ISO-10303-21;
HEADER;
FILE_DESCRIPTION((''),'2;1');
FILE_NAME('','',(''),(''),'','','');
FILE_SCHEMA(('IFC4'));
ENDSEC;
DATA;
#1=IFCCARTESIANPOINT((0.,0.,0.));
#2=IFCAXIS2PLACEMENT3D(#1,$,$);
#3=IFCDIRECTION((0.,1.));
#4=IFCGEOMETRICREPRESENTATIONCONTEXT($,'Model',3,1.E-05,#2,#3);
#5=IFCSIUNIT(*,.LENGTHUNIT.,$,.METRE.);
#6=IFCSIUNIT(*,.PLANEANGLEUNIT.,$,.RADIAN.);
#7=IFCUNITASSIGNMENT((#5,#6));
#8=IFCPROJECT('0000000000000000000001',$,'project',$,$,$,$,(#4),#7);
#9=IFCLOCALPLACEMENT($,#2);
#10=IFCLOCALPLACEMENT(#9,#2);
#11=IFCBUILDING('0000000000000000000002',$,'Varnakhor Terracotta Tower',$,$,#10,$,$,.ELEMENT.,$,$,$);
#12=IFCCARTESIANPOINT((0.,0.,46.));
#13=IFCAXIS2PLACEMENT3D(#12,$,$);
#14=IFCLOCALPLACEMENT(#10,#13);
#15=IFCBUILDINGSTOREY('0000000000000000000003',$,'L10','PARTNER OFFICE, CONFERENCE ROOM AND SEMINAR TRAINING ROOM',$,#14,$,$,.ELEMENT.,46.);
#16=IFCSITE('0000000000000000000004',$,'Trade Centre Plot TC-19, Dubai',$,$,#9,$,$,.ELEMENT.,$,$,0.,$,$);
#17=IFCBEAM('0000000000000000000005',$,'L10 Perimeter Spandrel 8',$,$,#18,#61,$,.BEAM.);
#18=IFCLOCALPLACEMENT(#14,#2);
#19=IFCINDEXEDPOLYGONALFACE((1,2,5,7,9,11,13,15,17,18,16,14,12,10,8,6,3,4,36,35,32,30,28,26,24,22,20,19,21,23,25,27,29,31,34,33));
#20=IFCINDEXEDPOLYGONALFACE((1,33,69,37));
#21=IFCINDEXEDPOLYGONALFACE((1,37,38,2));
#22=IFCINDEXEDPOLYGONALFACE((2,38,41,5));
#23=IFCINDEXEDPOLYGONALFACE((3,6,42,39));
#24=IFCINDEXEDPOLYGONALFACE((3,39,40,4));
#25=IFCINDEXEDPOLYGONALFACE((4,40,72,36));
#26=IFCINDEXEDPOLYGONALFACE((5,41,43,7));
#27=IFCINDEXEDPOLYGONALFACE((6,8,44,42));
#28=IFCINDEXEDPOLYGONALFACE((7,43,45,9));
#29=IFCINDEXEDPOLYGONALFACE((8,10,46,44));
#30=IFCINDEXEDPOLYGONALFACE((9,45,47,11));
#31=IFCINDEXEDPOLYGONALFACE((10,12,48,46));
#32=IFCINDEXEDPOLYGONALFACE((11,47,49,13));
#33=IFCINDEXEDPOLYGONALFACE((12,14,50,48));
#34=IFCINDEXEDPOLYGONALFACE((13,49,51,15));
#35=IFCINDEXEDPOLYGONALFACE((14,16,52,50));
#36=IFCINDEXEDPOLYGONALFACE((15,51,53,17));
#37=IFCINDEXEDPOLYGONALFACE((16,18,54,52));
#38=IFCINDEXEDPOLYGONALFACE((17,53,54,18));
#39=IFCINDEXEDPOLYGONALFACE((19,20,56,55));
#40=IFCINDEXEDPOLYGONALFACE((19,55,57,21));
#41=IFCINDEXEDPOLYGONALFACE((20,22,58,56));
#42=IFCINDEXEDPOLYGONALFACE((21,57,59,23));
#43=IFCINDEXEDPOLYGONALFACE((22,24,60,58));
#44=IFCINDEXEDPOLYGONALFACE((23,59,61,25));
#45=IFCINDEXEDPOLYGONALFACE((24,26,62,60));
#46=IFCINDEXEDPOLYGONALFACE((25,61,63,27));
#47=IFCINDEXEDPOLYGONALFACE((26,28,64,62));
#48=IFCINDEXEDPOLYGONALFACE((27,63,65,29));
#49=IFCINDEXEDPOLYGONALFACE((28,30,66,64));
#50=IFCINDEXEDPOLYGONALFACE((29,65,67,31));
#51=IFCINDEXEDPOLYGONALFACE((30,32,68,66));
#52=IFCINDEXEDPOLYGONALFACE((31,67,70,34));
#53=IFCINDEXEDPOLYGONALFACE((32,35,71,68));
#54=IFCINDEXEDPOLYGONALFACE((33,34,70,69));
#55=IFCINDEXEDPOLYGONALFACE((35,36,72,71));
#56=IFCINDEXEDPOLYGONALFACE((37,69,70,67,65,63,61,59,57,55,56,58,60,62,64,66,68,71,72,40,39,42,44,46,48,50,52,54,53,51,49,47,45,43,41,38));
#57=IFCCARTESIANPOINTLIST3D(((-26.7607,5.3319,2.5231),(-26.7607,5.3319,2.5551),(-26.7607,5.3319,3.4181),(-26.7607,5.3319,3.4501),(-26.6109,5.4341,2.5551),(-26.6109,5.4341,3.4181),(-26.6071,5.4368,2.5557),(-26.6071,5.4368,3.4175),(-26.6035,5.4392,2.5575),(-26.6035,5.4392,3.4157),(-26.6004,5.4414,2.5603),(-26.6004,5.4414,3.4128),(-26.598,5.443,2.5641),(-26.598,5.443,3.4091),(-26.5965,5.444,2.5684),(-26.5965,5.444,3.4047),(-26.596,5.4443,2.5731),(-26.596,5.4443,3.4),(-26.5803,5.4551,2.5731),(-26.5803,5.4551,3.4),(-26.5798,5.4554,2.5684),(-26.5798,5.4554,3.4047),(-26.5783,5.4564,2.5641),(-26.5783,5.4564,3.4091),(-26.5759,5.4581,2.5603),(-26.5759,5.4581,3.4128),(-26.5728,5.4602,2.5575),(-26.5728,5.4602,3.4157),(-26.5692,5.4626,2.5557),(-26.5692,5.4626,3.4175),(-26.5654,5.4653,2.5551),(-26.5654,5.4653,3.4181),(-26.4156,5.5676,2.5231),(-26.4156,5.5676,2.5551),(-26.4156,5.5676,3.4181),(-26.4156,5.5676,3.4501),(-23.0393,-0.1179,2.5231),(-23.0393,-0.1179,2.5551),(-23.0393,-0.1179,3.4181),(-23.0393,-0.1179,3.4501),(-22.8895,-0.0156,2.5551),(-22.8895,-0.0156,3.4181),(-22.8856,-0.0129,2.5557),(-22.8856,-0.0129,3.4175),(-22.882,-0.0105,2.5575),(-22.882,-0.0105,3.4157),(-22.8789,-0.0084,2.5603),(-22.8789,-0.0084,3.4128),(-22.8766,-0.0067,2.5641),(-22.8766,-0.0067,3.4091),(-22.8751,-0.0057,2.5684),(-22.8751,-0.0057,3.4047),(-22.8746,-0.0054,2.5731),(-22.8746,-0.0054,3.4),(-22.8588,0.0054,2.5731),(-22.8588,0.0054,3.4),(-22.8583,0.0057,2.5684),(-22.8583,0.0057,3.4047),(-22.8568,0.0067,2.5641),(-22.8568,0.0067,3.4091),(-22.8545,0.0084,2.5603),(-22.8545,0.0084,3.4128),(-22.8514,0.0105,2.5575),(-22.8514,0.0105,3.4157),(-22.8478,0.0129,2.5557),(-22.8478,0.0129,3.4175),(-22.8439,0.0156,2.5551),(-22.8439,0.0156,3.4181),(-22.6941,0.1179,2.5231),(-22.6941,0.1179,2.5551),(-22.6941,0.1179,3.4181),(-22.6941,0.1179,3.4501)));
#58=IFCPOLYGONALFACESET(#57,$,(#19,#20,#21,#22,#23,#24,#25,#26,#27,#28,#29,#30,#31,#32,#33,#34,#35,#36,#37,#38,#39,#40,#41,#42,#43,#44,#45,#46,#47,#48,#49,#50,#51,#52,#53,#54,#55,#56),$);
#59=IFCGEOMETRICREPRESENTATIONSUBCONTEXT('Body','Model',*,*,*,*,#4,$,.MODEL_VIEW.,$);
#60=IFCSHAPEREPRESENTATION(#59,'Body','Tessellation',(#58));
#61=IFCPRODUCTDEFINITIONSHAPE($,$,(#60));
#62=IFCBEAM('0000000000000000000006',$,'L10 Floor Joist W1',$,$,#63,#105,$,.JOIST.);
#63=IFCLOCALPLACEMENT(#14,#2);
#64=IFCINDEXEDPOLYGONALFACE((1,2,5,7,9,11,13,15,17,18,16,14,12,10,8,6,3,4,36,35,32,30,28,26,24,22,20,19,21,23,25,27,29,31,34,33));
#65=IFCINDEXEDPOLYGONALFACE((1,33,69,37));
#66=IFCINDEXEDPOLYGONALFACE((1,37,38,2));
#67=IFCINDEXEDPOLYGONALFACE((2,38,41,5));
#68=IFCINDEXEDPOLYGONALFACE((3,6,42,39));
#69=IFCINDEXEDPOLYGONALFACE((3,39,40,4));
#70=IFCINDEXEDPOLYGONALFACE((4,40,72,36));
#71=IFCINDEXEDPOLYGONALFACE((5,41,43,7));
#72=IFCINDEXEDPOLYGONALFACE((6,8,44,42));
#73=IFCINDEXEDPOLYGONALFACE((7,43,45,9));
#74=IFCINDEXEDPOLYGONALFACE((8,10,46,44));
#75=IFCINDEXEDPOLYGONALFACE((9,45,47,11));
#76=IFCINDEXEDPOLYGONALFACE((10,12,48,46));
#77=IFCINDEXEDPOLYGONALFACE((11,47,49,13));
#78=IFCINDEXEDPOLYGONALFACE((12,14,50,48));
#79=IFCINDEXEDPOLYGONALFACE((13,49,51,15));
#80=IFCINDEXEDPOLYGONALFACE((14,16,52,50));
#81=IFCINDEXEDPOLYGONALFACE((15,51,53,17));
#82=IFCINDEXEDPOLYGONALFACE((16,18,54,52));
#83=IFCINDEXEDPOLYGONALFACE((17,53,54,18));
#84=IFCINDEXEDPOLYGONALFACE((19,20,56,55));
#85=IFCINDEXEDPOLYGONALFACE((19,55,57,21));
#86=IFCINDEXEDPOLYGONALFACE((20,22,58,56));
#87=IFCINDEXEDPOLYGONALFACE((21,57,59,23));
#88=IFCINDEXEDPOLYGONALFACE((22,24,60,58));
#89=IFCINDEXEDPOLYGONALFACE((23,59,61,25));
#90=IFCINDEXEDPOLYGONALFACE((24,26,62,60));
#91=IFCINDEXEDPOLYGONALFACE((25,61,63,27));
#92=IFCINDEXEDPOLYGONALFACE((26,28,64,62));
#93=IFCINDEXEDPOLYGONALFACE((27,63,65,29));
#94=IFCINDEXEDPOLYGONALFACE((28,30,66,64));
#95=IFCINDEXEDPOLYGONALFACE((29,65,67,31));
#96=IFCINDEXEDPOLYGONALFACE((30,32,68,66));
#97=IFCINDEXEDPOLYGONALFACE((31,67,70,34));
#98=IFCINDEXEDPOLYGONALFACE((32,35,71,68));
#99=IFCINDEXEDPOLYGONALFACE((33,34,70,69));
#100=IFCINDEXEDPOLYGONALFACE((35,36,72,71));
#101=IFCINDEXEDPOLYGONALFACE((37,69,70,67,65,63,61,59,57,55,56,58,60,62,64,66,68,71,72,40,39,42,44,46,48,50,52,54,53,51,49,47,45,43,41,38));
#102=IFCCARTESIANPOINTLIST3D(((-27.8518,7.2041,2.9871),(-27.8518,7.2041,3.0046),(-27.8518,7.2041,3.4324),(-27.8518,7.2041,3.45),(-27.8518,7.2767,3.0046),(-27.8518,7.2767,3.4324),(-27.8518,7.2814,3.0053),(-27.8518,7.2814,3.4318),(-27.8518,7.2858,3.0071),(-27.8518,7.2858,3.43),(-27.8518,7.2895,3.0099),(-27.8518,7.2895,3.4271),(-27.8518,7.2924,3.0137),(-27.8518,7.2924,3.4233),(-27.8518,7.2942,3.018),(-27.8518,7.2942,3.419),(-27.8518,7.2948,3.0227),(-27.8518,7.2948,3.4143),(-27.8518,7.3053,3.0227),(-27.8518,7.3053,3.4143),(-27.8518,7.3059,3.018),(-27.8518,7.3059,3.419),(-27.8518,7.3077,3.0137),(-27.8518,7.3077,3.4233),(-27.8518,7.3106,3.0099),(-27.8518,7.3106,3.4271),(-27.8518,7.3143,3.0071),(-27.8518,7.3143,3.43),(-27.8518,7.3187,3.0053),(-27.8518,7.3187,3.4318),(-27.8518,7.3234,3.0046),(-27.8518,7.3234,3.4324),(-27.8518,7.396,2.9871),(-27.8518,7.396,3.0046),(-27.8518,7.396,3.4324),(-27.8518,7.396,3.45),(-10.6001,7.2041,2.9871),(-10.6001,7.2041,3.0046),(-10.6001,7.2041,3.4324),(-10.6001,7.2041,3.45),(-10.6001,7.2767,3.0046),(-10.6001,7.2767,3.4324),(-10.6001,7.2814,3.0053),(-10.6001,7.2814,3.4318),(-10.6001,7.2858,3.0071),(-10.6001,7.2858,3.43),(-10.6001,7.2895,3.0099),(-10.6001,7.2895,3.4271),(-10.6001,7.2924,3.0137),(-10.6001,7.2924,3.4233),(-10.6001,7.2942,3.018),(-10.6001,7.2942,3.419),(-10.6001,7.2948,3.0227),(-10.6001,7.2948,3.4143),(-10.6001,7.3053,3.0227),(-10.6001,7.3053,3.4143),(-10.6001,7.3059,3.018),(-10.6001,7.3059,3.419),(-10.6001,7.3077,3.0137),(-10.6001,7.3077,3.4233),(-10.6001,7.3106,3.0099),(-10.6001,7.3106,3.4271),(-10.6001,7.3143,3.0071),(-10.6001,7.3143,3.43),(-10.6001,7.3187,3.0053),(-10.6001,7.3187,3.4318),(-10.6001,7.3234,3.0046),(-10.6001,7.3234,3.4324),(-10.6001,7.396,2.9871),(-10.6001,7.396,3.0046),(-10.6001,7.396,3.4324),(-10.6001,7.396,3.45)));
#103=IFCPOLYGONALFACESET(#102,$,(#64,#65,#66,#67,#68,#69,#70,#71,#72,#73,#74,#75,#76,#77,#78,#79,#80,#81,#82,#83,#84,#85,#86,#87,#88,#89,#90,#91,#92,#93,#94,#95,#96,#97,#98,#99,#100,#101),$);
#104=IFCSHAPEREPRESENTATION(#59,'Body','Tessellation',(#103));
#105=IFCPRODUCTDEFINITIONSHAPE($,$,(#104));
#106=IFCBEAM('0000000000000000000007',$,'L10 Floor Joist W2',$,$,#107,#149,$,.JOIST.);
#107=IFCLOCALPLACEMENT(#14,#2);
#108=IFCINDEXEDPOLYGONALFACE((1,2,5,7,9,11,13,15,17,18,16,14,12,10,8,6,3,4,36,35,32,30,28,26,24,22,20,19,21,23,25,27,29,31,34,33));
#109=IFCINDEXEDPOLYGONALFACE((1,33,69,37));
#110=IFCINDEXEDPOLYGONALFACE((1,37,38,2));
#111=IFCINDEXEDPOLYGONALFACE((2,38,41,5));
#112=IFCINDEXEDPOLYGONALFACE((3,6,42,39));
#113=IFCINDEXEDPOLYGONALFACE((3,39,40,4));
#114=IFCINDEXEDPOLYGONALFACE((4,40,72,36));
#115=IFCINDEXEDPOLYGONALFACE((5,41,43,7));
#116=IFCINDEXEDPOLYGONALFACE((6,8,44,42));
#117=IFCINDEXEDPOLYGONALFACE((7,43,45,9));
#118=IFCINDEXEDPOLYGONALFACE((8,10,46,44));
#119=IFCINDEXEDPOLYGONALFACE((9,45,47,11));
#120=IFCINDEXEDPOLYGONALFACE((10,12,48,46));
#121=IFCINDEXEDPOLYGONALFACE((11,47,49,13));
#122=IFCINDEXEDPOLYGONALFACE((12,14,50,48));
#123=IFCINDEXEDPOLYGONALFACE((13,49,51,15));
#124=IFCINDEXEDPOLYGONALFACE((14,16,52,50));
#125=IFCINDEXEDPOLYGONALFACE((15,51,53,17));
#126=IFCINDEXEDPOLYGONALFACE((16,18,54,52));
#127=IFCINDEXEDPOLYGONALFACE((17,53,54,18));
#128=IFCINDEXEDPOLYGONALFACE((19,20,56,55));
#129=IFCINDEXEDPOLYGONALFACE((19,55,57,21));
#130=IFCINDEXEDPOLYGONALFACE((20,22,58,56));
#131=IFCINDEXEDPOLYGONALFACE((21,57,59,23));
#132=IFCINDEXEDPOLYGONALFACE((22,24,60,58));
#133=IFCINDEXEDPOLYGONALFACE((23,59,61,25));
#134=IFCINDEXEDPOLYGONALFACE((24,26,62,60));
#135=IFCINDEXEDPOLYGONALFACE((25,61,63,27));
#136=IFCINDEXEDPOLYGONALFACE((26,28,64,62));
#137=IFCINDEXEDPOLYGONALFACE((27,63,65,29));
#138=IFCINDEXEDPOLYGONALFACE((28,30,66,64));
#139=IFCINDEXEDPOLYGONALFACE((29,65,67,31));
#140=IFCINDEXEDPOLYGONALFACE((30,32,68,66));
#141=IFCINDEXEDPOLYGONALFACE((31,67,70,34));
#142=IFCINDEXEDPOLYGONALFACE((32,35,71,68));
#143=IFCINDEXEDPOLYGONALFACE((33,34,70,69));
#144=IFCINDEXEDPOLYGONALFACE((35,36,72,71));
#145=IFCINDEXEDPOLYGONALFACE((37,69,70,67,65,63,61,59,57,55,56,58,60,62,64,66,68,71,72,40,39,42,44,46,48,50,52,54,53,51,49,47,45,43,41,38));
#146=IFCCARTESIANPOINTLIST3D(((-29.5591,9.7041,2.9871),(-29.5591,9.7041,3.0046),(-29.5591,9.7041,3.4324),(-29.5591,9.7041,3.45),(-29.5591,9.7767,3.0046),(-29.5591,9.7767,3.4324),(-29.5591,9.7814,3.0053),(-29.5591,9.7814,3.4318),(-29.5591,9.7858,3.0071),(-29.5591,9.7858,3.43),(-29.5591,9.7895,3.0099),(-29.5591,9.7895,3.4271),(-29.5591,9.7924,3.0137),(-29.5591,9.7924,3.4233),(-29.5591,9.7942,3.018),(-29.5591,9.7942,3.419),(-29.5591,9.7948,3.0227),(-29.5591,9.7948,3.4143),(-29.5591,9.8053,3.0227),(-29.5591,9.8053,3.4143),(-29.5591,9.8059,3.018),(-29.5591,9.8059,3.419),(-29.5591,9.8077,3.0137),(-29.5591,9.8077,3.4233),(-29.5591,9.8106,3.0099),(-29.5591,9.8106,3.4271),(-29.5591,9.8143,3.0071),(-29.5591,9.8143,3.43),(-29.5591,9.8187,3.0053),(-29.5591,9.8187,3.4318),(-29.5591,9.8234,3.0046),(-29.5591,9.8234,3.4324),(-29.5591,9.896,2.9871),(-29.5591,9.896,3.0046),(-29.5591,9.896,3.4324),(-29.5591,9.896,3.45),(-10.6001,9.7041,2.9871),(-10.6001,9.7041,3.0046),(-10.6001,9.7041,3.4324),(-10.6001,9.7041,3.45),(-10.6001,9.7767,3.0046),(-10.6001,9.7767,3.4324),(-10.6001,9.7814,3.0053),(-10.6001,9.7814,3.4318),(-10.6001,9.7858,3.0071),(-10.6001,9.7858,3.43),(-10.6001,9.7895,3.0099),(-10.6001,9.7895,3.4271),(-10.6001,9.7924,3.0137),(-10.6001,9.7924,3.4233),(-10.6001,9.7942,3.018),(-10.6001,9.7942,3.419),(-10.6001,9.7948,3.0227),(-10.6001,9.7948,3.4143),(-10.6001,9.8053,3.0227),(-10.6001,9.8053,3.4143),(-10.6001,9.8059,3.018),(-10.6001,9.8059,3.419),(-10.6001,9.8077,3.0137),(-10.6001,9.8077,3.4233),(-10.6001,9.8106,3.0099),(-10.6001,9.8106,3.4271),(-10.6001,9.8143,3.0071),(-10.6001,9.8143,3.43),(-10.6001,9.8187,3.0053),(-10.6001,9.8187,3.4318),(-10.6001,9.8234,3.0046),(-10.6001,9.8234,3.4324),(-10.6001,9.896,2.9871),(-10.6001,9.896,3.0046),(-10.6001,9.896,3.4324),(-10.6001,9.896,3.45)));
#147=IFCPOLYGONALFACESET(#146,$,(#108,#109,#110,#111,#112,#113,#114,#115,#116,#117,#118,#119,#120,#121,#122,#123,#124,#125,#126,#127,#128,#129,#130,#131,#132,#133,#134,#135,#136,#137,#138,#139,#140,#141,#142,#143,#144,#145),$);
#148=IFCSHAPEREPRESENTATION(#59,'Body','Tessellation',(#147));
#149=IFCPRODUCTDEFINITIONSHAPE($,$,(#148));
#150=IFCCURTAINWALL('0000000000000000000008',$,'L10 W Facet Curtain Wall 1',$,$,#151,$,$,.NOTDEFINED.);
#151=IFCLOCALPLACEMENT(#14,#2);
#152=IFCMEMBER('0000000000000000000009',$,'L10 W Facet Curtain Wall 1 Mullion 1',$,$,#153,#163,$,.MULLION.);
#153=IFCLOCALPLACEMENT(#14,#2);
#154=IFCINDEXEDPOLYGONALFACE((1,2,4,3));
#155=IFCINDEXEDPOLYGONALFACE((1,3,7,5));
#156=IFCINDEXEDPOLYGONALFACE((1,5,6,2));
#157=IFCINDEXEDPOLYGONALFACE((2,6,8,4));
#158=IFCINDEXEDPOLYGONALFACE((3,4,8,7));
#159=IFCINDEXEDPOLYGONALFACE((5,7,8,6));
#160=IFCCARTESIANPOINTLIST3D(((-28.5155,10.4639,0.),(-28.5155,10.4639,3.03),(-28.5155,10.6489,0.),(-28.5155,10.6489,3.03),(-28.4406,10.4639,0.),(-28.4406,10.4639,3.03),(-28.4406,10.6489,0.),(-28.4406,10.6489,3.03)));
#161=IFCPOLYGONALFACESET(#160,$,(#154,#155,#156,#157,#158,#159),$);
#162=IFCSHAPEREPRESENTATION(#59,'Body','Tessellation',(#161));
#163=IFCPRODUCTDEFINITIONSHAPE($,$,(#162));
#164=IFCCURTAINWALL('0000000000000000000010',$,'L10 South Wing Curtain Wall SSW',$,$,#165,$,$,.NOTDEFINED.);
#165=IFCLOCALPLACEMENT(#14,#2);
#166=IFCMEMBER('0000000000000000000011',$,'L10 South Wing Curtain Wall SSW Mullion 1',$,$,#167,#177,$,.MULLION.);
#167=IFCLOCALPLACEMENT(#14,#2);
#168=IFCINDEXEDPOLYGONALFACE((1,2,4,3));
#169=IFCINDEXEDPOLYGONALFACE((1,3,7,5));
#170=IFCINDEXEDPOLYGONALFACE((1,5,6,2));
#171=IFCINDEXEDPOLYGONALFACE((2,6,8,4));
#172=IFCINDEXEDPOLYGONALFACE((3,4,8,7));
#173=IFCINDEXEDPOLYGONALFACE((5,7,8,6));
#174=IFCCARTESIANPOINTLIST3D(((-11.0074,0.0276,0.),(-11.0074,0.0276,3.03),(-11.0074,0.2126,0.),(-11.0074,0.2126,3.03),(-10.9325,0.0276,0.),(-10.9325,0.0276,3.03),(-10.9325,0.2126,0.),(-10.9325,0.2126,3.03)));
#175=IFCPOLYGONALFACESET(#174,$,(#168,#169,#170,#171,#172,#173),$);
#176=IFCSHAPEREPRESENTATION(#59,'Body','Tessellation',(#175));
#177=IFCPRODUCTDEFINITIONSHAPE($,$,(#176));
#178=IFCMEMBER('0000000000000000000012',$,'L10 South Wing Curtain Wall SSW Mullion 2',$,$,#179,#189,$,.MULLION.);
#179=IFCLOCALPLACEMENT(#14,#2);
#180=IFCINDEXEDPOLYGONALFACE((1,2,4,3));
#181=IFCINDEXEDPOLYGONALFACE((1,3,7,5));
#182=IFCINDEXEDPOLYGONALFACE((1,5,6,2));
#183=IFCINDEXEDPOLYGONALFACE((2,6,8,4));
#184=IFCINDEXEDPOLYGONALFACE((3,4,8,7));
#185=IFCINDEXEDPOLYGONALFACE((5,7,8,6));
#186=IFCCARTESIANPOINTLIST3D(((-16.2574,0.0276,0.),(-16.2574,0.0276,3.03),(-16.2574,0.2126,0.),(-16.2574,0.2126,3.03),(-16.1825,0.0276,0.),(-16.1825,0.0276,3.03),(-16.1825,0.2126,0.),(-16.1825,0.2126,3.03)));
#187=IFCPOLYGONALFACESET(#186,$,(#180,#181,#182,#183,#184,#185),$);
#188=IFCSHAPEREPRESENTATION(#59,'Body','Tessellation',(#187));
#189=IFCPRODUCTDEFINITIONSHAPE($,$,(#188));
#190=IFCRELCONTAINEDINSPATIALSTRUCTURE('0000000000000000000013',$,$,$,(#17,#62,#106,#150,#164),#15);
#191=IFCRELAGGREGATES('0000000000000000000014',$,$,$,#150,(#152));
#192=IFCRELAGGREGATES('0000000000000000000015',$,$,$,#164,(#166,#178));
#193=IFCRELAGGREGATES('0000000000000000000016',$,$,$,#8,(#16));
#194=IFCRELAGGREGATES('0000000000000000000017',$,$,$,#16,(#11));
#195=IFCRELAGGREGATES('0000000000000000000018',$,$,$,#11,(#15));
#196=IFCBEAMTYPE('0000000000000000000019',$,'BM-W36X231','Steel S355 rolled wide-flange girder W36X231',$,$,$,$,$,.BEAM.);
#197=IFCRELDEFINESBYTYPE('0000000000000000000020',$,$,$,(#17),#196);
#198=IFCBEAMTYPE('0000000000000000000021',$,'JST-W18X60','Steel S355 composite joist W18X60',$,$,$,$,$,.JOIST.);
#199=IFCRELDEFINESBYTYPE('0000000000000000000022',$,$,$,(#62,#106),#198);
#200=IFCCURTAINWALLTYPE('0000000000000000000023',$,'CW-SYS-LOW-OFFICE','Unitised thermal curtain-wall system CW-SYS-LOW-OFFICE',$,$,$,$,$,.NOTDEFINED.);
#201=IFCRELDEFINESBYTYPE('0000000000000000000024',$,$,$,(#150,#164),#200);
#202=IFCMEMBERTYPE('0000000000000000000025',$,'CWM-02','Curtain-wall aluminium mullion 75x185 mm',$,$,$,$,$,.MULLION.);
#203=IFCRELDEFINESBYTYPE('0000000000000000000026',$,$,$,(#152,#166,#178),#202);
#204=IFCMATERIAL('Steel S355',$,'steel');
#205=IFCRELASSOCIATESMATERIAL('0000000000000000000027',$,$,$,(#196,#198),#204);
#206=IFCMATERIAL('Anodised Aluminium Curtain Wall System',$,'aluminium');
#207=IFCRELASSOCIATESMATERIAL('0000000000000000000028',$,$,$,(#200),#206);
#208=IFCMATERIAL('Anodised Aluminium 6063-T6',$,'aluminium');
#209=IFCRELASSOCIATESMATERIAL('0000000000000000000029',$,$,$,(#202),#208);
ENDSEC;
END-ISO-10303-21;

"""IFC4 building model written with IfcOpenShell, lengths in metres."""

from ifc_helpers import new_model, si_unit, direction, frame, origin, origin_2d, place, context, subcontext, project, spatial, rectangle, i_section, extrude, source, transform, mapped, material, material_profile, profile_set, type_object, type_shapes, element, aggregate, save


model = new_model("IFC4")

# Units and contexts
model_context = context("Model", 3, precision=1e-05, world=origin(), true_north=direction((0.0, 1.0)))
body_context = subcontext(model_context, "Body", "Model", "MODEL_VIEW")
ifc_project = project(units=[si_unit("LENGTHUNIT", "METRE"), si_unit("PLANEANGLEUNIT", "RADIAN")], contexts=[model_context])

# Site, building, storey
site_placement = place(None, origin())
site = spatial("IfcSite", under=ifc_project, at=site_placement, Name="Trade Centre Plot TC-19, Dubai", CompositionType="ELEMENT", RefElevation=0.0)
building_placement = place(site_placement, origin())
building = spatial("IfcBuilding", under=site, at=building_placement, Name="Varnakhor Terracotta Tower", CompositionType="ELEMENT")
storey_placement = place(building_placement, frame((0.0, 0.0, 46.0)))
storey = spatial("IfcBuildingStorey", under=building, at=storey_placement, Name="L10", Description="PARTNER OFFICE, CONFERENCE ROOM AND SEMINAR TRAINING ROOM", CompositionType="ELEMENT", Elevation=46.0)

# Beams
ifc_material_1 = material(Name="Steel S355", Category="steel")
ifc_material_profile_1 = material_profile(ifc_material_1, i_section(OverallWidth=0.418, OverallDepth=0.927, WebThickness=0.019, FlangeThickness=0.032, FilletRadius=0.0181, at=origin_2d()), Name="W36X231")
ifc_profile_set_1 = profile_set([ifc_material_profile_1], Name="Steel S355")
beam_type_1 = type_object("IfcBeamType", Name="BM-W36X231", Description="Steel S355 rolled wide-flange girder W36X231", PredefinedType="BEAM", material=ifc_profile_set_1)
shared_shape_1 = source(origin(), body_context, "Body", "SweptSolid", [
    extrude(i_section(OverallWidth=0.418, OverallDepth=0.927, WebThickness=0.019, FlangeThickness=0.032, FilletRadius=0.0181, at=origin_2d()), origin(), (0.0, 0.0, 1.0), 6.5991),
])
for number, where, z_axis, x_axis, name in (
    (1, (-26.5881, 5.4497, 2.9866), (0.563929, -0.825823, 0.0), (0.825823, 0.563929, 0.0), "L10 Perimeter Spandrel 8"),
):
    element("IfcBeam", number, at=place(storey_placement, frame(where, z_axis=z_axis, x_axis=x_axis)), inside=storey, type_object=beam_type_1, Name=name, PredefinedType="BEAM", context=body_context, shape_type="MappedRepresentation", body=[
        mapped(shared_shape_1, transform((0.0, 0.0, 0.0), scale=1.0)),
    ])
ifc_material_profile_2 = material_profile(ifc_material_1, i_section(OverallWidth=0.1919, OverallDepth=0.4629, WebThickness=0.0105, FlangeThickness=0.0176, FilletRadius=0.0181, at=origin_2d()), Name="W18X60")
ifc_profile_set_2 = profile_set([ifc_material_profile_2], Name="Steel S355")
beam_type_2 = type_object("IfcBeamType", Name="JST-W18X60", Description="Steel S355 composite joist W18X60", PredefinedType="JOIST", material=ifc_profile_set_2)
shared_shape_2 = source(origin(), body_context, "Body", "SweptSolid", [
    extrude(i_section(OverallWidth=0.1919, OverallDepth=0.4629, WebThickness=0.0105, FlangeThickness=0.0176, FilletRadius=0.0181, at=origin_2d()), origin(), (0.0, 0.0, 1.0), 17.2517),
])
beam_1_placement = place(storey_placement, frame((-27.8518, 7.3, 3.2185), z_axis=(1.0, 0.0, 0.0), x_axis=(0.0, 1.0, 0.0)))
element("IfcBeam", 2, at=beam_1_placement, inside=storey, type_object=beam_type_2, Name="L10 Floor Joist W1", PredefinedType="JOIST", context=body_context, shape_type="MappedRepresentation", body=[
    mapped(shared_shape_2, transform((0.0, 0.0, 0.0), scale=1.0)),
])
shared_shape_3 = source(origin(), body_context, "Body", "SweptSolid", [
    extrude(i_section(OverallWidth=0.1919, OverallDepth=0.4629, WebThickness=0.0105, FlangeThickness=0.0176, FilletRadius=0.0181, at=origin_2d()), origin(), (0.0, 0.0, 1.0), 18.959),
])
beam_2_placement = place(storey_placement, frame((-29.5591, 9.8, 3.2185), z_axis=(1.0, 0.0, 0.0), x_axis=(0.0, 1.0, 0.0)))
element("IfcBeam", 3, at=beam_2_placement, inside=storey, type_object=beam_type_2, Name="L10 Floor Joist W2", PredefinedType="JOIST", context=body_context, shape_type="MappedRepresentation", body=[
    mapped(shared_shape_3, transform((0.0, 0.0, 0.0), scale=1.0)),
])

# Curtain wall, member
ifc_material_2 = material(Name="Anodised Aluminium Curtain Wall System", Category="aluminium")
curtain_wall_type = type_object("IfcCurtainWallType", Name="CW-SYS-LOW-OFFICE", Description="Unitised thermal curtain-wall system CW-SYS-LOW-OFFICE", PredefinedType="NOTDEFINED", material=ifc_material_2)
curtain_wall_1_placement = place(storey_placement, origin())
curtain_wall_1 = element("IfcCurtainWall", 4, at=curtain_wall_1_placement, inside=storey, type_object=curtain_wall_type, Name="L10 W Facet Curtain Wall 1", PredefinedType="NOTDEFINED")
ifc_material_3 = material(Name="Anodised Aluminium 6063-T6", Category="aluminium")
ifc_material_profile_3 = material_profile(ifc_material_3, rectangle(XDim=0.075, YDim=0.1851, at=origin_2d()), Name="ALU MULLION 75x185")
ifc_profile_set_3 = profile_set([ifc_material_profile_3], Name="Anodised Aluminium 6063-T6")
member_type_1 = type_object("IfcMemberType", Name="CWM-02", Description="Curtain-wall aluminium mullion 75x185 mm", PredefinedType="MULLION", material=ifc_profile_set_3)
shared_shape_4 = source(origin(), body_context, "Body", "SweptSolid", [
    extrude(rectangle(XDim=0.075, YDim=0.1851, at=origin_2d()), origin(), (0.0, 0.0, 1.0), 3.03),
])
type_shapes(member_type_1, [shared_shape_4])
member_1_placement = place(storey_placement, frame((-28.478, 10.5564, 0.0), z_axis=(0.0, 0.0, 1.0), x_axis=(1.0, 0.0, 0.0)))
member_1 = element("IfcMember", 5, at=member_1_placement, type_object=member_type_1, Name="L10 W Facet Curtain Wall 1 Mullion 1", PredefinedType="MULLION", context=body_context, shape_type="MappedRepresentation", body=[
    mapped(shared_shape_4, transform((0.0, 0.0, 0.0), scale=1.0)),
])

# Curtain wall, members
curtain_wall_2_placement = place(storey_placement, origin())
curtain_wall_2 = element("IfcCurtainWall", 6, at=curtain_wall_2_placement, inside=storey, type_object=curtain_wall_type, Name="L10 South Wing Curtain Wall SSW", PredefinedType="NOTDEFINED")
member_2_placement = place(storey_placement, frame((-10.97, 0.1201, 0.0), z_axis=(0.0, 0.0, 1.0), x_axis=(1.0, 0.0, 0.0)))
member_2 = element("IfcMember", 7, at=member_2_placement, type_object=member_type_1, Name="L10 South Wing Curtain Wall SSW Mullion 1", PredefinedType="MULLION", context=body_context, shape_type="MappedRepresentation", body=[
    mapped(shared_shape_4, transform((0.0, 0.0, 0.0), scale=1.0)),
])
member_3_placement = place(storey_placement, frame((-16.22, 0.1201, 0.0), z_axis=(0.0, 0.0, 1.0), x_axis=(1.0, 0.0, 0.0)))
member_3 = element("IfcMember", 8, at=member_3_placement, type_object=member_type_1, Name="L10 South Wing Curtain Wall SSW Mullion 2", PredefinedType="MULLION", context=body_context, shape_type="MappedRepresentation", body=[
    mapped(shared_shape_4, transform((0.0, 0.0, 0.0), scale=1.0)),
])

aggregate(curtain_wall_1, [member_1])
aggregate(curtain_wall_2, [member_2, member_3])

save(model, "model.ifc")
